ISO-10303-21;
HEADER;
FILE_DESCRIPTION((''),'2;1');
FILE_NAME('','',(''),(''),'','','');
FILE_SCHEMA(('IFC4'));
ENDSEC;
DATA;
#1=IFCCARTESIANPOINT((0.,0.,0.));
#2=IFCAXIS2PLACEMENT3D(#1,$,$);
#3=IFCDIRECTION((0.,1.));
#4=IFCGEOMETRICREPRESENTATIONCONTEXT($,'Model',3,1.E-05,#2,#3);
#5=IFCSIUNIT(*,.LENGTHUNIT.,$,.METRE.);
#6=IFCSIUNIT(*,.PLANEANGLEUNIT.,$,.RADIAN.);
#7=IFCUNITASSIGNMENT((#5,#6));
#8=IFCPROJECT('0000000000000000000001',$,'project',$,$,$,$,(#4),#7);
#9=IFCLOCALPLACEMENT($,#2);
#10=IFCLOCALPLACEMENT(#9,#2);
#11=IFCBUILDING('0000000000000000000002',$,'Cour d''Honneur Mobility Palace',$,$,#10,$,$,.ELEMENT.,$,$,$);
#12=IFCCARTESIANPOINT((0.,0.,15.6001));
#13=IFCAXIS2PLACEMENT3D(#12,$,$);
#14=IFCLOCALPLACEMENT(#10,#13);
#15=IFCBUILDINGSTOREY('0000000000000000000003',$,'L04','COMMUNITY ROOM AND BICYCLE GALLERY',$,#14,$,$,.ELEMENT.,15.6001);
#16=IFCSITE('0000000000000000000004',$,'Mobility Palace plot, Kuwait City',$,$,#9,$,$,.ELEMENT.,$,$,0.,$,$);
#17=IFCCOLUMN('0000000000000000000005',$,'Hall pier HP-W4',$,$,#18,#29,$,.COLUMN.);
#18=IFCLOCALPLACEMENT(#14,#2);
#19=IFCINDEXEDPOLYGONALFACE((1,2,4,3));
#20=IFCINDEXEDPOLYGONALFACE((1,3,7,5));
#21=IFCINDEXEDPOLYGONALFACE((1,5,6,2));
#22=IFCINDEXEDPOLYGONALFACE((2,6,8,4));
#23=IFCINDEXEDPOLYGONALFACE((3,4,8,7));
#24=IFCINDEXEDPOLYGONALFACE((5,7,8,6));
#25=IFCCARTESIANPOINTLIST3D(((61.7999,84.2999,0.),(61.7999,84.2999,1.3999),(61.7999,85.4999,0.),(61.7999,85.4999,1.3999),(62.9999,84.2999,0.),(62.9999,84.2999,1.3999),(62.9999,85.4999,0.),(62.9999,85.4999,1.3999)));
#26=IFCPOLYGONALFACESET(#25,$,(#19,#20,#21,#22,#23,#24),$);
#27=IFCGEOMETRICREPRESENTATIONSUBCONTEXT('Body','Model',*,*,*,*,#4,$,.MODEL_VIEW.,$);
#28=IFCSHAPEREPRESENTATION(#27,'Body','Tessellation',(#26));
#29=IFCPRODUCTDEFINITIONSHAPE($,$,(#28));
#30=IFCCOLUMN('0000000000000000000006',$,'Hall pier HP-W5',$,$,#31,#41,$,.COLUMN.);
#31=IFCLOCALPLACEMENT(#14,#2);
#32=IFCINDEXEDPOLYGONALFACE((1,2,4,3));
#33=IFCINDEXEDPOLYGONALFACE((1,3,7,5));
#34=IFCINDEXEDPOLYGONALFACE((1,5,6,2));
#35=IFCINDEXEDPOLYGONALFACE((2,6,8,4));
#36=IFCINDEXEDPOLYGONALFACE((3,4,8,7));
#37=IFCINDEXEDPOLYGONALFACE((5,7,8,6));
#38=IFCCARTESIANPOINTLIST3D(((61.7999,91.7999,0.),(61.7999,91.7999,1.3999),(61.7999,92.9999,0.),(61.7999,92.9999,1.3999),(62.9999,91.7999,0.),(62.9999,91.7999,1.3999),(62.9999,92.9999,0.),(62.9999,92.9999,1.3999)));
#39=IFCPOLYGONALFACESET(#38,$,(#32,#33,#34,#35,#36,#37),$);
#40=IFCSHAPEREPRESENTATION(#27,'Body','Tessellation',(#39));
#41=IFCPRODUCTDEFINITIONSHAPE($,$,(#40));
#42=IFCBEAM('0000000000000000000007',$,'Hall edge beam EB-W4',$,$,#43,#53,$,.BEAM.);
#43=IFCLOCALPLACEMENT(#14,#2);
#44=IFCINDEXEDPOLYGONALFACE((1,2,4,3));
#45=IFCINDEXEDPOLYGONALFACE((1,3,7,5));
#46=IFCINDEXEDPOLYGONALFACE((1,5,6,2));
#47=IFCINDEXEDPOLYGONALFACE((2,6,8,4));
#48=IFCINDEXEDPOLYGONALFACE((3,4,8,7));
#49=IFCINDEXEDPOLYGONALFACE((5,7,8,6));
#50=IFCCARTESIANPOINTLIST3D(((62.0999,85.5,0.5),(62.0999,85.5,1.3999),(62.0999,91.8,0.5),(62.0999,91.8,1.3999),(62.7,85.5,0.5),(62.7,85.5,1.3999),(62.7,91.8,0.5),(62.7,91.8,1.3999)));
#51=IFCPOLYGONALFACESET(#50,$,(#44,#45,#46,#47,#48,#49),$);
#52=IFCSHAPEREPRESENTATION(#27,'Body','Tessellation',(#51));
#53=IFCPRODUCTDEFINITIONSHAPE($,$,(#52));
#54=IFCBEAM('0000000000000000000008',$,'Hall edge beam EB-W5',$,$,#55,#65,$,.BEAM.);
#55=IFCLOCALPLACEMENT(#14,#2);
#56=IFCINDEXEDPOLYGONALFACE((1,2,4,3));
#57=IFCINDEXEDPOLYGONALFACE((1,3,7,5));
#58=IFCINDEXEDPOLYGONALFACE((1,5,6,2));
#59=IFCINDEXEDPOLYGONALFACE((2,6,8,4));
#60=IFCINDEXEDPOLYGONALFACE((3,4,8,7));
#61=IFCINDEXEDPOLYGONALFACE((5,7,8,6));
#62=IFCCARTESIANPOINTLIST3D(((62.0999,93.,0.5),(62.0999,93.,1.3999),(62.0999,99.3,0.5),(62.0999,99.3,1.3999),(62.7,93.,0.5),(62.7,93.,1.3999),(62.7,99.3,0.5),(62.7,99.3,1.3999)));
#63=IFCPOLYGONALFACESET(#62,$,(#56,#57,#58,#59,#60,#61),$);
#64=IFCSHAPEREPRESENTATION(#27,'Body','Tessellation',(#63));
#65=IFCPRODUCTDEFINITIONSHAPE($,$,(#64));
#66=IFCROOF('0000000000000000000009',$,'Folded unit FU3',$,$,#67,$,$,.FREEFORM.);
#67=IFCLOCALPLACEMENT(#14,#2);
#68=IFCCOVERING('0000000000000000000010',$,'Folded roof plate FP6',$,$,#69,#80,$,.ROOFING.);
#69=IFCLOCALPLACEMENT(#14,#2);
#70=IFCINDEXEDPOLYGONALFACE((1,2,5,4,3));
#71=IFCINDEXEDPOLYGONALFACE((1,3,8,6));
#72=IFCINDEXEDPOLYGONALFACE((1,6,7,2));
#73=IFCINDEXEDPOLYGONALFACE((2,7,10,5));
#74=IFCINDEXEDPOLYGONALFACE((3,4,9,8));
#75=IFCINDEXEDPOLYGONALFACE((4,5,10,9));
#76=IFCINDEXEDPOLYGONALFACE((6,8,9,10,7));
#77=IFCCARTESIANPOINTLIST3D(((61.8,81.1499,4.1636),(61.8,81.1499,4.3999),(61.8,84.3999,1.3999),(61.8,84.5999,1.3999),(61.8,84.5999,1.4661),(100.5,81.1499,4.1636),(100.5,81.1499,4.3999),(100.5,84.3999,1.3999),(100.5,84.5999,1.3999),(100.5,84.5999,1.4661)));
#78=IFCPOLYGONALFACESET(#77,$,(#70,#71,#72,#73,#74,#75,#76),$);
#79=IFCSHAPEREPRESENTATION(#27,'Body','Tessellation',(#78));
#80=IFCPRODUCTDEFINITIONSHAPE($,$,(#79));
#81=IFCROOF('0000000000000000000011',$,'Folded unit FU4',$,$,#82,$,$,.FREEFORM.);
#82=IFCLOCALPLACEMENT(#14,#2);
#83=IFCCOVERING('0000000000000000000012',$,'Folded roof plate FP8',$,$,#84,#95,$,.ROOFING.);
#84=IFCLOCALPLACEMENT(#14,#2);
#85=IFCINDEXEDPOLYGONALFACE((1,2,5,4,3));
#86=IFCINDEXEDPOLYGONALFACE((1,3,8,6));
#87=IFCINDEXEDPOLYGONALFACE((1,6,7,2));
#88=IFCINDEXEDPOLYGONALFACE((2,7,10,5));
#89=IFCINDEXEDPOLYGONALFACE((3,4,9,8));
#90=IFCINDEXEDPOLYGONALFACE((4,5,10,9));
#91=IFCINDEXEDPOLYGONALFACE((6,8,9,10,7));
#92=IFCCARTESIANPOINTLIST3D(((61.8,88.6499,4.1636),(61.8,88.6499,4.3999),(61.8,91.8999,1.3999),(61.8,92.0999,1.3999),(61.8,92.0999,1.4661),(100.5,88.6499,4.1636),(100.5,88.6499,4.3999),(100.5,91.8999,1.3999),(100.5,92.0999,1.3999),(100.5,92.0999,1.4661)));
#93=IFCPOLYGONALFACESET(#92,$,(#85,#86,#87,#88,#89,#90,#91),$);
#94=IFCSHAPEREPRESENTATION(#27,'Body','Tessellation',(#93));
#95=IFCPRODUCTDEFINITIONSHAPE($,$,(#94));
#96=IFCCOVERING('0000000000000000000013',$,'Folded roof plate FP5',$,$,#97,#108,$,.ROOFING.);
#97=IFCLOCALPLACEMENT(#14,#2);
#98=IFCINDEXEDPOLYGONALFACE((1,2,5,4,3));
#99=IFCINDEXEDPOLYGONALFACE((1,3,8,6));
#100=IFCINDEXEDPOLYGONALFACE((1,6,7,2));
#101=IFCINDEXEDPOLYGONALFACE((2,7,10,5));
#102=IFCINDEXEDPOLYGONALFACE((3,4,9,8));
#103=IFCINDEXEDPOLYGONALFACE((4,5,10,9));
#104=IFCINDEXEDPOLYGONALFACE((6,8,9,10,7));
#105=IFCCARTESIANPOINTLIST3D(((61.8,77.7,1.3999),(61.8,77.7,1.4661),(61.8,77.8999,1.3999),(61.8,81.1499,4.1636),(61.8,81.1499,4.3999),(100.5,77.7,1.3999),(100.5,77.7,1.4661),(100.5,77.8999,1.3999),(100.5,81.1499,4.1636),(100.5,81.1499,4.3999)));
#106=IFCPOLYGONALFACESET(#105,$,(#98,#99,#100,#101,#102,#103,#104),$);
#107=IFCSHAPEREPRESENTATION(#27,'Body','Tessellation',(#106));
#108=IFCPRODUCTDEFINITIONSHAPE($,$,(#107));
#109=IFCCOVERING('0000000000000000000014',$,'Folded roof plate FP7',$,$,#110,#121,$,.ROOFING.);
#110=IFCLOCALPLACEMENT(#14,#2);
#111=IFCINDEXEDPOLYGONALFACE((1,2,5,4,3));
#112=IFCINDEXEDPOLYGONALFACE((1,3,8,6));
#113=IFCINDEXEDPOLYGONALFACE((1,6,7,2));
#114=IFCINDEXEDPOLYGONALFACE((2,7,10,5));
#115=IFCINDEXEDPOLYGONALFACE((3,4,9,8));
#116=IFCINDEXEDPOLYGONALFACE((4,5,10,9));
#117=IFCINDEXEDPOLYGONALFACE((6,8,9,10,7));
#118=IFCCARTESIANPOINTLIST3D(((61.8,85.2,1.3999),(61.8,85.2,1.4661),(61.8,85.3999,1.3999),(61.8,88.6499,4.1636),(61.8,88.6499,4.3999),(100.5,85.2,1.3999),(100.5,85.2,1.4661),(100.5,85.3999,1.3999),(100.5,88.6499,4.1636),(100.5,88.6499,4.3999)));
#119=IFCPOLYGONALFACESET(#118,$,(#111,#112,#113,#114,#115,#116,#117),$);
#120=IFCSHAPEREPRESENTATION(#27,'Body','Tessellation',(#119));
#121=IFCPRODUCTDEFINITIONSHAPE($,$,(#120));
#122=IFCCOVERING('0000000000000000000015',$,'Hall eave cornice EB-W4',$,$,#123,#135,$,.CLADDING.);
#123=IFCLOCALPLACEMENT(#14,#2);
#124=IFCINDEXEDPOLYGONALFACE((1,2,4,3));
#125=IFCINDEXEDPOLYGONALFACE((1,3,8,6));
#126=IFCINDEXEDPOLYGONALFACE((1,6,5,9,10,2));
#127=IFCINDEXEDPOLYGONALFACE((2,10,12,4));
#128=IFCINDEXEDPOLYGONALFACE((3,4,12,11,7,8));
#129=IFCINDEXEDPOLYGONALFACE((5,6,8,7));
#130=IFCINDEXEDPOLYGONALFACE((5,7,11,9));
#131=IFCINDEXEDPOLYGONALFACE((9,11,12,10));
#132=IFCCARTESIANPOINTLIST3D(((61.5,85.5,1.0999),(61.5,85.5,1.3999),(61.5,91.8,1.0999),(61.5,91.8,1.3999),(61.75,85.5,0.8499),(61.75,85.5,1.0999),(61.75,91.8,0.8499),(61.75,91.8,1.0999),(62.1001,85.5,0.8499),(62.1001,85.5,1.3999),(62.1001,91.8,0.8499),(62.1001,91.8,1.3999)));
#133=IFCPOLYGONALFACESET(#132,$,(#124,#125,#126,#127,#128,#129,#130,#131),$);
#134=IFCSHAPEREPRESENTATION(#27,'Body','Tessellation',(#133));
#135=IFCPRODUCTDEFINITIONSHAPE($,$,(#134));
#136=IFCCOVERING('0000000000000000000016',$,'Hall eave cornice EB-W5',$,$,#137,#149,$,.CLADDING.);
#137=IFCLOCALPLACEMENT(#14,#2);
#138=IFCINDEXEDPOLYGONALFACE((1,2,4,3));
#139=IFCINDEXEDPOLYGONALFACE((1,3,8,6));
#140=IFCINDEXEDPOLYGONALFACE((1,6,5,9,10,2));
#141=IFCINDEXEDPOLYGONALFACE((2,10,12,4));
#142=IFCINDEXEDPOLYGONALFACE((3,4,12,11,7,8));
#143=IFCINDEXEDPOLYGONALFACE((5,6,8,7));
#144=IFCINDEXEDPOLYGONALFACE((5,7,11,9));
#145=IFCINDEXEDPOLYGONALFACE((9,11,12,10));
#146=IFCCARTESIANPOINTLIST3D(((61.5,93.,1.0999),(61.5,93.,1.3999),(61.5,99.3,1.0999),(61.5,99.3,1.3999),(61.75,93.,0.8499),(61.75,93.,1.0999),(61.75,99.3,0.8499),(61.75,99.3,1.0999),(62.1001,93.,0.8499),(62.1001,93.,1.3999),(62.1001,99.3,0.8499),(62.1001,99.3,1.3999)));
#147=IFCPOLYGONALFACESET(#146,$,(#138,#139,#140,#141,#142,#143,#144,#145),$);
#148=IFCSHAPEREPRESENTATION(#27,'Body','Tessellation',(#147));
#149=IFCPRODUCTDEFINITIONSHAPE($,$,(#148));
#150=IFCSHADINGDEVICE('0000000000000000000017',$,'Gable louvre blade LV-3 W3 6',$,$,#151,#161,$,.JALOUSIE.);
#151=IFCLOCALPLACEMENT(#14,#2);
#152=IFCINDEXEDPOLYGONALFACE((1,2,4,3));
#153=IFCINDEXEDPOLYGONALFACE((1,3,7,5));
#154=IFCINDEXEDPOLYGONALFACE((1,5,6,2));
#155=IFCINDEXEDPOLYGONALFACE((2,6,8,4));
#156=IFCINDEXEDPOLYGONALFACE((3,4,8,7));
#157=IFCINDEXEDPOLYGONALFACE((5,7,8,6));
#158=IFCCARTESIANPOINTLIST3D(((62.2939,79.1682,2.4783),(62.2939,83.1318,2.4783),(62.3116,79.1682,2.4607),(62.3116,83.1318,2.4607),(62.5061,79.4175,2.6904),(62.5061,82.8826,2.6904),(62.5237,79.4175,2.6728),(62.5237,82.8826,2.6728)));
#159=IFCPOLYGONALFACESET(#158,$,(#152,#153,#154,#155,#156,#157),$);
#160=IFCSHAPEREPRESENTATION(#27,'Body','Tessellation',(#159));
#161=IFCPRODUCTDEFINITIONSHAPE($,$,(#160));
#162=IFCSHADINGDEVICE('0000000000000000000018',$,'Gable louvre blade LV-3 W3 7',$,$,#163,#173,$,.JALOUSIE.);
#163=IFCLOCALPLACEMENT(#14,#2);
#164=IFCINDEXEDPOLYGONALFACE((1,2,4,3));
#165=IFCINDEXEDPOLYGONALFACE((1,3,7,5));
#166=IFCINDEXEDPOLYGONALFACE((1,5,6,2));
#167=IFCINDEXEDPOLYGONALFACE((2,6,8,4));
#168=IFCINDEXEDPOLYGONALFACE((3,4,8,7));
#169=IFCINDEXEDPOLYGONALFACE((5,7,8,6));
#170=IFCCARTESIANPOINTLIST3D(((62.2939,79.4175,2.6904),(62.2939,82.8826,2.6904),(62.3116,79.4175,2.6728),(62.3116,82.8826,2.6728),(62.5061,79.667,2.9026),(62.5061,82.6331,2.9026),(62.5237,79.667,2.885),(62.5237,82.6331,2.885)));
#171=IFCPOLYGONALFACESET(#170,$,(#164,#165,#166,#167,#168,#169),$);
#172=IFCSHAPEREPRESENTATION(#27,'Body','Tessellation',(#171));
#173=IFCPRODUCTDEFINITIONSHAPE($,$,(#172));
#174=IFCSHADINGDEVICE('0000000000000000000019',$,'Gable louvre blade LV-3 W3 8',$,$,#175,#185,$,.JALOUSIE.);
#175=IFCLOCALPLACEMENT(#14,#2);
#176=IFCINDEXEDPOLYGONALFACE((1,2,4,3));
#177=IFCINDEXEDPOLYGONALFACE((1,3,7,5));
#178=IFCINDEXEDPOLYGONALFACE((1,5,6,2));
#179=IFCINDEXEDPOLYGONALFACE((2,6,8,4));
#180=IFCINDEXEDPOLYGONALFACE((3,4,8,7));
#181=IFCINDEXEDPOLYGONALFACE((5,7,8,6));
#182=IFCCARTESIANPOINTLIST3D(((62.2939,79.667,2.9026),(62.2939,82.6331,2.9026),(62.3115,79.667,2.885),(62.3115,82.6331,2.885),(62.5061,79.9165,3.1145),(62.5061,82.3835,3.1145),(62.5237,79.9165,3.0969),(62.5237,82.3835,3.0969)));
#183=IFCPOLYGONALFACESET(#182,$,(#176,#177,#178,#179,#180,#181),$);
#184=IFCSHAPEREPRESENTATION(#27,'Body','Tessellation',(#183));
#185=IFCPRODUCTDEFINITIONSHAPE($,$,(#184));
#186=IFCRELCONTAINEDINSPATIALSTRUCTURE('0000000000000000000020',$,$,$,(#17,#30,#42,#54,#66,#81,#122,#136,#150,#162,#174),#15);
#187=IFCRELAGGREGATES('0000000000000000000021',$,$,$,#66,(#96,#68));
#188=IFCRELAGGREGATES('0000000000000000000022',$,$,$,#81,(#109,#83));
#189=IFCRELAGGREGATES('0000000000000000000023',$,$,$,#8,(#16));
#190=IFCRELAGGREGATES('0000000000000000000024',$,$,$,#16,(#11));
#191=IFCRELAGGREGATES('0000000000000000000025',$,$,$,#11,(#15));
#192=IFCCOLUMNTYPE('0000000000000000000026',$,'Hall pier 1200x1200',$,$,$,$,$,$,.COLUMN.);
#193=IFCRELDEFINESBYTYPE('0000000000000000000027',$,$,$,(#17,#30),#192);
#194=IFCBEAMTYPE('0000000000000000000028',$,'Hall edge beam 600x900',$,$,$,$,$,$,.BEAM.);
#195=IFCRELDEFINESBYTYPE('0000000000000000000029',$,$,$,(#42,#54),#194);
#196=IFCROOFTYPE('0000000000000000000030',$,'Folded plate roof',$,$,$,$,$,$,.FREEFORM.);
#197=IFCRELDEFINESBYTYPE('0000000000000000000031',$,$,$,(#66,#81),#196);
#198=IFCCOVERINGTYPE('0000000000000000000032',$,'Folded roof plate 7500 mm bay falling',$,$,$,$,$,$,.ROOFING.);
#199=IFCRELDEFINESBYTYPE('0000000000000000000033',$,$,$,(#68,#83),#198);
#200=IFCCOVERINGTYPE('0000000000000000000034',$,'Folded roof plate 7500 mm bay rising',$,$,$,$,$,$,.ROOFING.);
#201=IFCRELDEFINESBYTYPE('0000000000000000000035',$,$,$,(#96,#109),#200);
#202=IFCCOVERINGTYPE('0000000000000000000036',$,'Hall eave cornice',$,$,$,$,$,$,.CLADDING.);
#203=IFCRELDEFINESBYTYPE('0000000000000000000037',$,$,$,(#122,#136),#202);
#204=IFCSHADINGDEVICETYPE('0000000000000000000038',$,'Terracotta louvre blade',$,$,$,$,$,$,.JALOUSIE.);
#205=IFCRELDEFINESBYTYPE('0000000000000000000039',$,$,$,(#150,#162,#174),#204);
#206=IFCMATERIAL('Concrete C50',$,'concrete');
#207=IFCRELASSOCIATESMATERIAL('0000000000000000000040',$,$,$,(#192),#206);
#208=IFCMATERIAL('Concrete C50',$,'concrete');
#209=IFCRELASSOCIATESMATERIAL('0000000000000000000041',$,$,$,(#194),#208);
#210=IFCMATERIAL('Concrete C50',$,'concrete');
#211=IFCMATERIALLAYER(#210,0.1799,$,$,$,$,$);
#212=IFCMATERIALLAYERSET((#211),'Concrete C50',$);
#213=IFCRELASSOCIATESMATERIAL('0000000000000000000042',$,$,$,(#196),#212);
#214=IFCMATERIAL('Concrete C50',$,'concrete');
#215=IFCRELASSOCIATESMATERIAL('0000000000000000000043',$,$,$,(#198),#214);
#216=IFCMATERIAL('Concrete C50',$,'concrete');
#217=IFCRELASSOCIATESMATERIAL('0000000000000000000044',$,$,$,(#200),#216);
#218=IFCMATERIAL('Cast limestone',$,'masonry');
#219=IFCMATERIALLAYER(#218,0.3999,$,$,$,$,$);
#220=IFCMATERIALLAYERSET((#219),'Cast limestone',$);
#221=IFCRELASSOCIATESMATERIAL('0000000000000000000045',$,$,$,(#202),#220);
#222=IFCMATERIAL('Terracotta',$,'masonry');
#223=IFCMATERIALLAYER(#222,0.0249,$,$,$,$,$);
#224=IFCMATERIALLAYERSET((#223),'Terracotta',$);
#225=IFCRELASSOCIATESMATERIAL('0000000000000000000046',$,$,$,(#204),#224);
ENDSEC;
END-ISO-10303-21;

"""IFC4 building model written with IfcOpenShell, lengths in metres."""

from ifc_helpers import new_model, si_unit, direction, frame, origin, origin_2d, place, context, subcontext, project, spatial, polyline, rectangle, outline, extrude, material, layer, layer_set, material_profile, profile_set, type_object, element, aggregate, save


model = new_model("IFC4")

# Units and contexts
model_context = context("Model", 3, precision=1e-05, world=origin(), true_north=direction((0.0, 1.0)))
body_context = subcontext(model_context, "Body", "Model", "MODEL_VIEW")
ifc_project = project(units=[si_unit("LENGTHUNIT", "METRE"), si_unit("PLANEANGLEUNIT", "RADIAN")], contexts=[model_context])

# Site, building, storey
site_placement = place(None, origin())
site = spatial("IfcSite", under=ifc_project, at=site_placement, Name="Mobility Palace plot, Kuwait City", CompositionType="ELEMENT", RefElevation=0.0)
building_placement = place(site_placement, origin())
building = spatial("IfcBuilding", under=site, at=building_placement, Name="Cour d'Honneur Mobility Palace", CompositionType="ELEMENT")
storey_placement = place(building_placement, frame((0.0, 0.0, 15.6001)))
storey = spatial("IfcBuildingStorey", under=building, at=storey_placement, Name="L04", Description="COMMUNITY ROOM AND BICYCLE GALLERY", CompositionType="ELEMENT", Elevation=15.6001)

# Columns
ifc_material_1 = material(Name="Concrete C50", Category="concrete")
ifc_material_profile_1 = material_profile(ifc_material_1, rectangle(XDim=1.2, YDim=1.2, at=origin_2d()), Name="Hall pier 1200x1200")
ifc_profile_set_1 = profile_set([ifc_material_profile_1], Name="Concrete C50")
column_type = type_object("IfcColumnType", Name="Hall pier 1200x1200", PredefinedType="COLUMN", material=ifc_profile_set_1)
for number, where, z_axis, x_axis, name in (
    (1, (62.3999, 84.8999, 0.0), (0.0, 0.0, 1.0), (1.0, 0.0, 0.0), "Hall pier HP-W4"),
    (2, (62.3999, 92.3999, 0.0), (0.0, 0.0, 1.0), (1.0, 0.0, 0.0), "Hall pier HP-W5"),
):
    element("IfcColumn", number, at=place(storey_placement, frame(where, z_axis=z_axis, x_axis=x_axis)), inside=storey, type_object=column_type, Name=name, PredefinedType="COLUMN", context=body_context, shape_type="SweptSolid", body=[
        extrude(rectangle(XDim=1.2, YDim=1.2, at=origin_2d()), origin(), (0.0, 0.0, 1.0), 1.3999),
    ])

# Beams
ifc_material_2 = material(Name="Concrete C50", Category="concrete")
ifc_material_profile_2 = material_profile(ifc_material_2, rectangle(XDim=0.6001, YDim=0.8999, at=origin_2d()), Name="Hall edge beam 600x900")
ifc_profile_set_2 = profile_set([ifc_material_profile_2], Name="Concrete C50")
beam_type = type_object("IfcBeamType", Name="Hall edge beam 600x900", PredefinedType="BEAM", material=ifc_profile_set_2)
for number, where, z_axis, x_axis, name in (
    (3, (62.3999, 85.5, 0.95), (0.0, 1.0, 0.0), (-1.0, 0.0, 0.0), "Hall edge beam EB-W4"),
    (4, (62.3999, 93.0, 0.95), (0.0, 1.0, 0.0), (-1.0, 0.0, 0.0), "Hall edge beam EB-W5"),
):
    element("IfcBeam", number, at=place(storey_placement, frame(where, z_axis=z_axis, x_axis=x_axis)), inside=storey, type_object=beam_type, Name=name, PredefinedType="BEAM", context=body_context, shape_type="SweptSolid", body=[
        extrude(rectangle(XDim=0.6001, YDim=0.8999, at=origin_2d()), origin(), (0.0, 0.0, 1.0), 6.3),
    ])

# Roofs, coverings
ifc_material_3 = material(Name="Concrete C50", Category="concrete")
ifc_layer_1 = layer(ifc_material_3, 0.1799)
ifc_layer_set_1 = layer_set([ifc_layer_1], Name="Concrete C50")
roof_type = type_object("IfcRoofType", Name="Folded plate roof", PredefinedType="FREEFORM", material=ifc_layer_set_1)
roof_1_placement = place(storey_placement, origin())
roof_1 = element("IfcRoof", 5, at=roof_1_placement, inside=storey, type_object=roof_type, Name="Folded unit FU3", PredefinedType="FREEFORM")
ifc_material_4 = material(Name="Concrete C50", Category="concrete")
ifc_material_profile_3 = material_profile(ifc_material_4, outline(polyline([(3.45, 0.0), (3.25, 0.0), (0.0, 2.7637), (0.0, 3.0), (3.45, 0.0662), (3.45, 0.0)])), Name="Folded roof plate 7500 mm bay falling")
ifc_profile_set_3 = profile_set([ifc_material_profile_3], Name="Concrete C50")
covering_type_1 = type_object("IfcCoveringType", Name="Folded roof plate 7500 mm bay falling", PredefinedType="ROOFING", material=ifc_profile_set_3)
covering_1_placement = place(storey_placement, frame((61.8, 81.1499, 1.3999), z_axis=(1.0, 0.0, 0.0), x_axis=(0.0, 1.0, 0.0)))
covering_1 = element("IfcCovering", 6, at=covering_1_placement, type_object=covering_type_1, Name="Folded roof plate FP6", PredefinedType="ROOFING", context=body_context, shape_type="SweptSolid", body=[
    extrude(outline(polyline([(3.45, 0.0), (3.25, 0.0), (0.0, 2.7637), (0.0, 3.0), (3.45, 0.0662), (3.45, 0.0)])), origin(), (0.0, 0.0, 1.0), 38.7),
])
roof_2_placement = place(storey_placement, origin())
roof_2 = element("IfcRoof", 7, at=roof_2_placement, inside=storey, type_object=roof_type, Name="Folded unit FU4", PredefinedType="FREEFORM")
covering_2_placement = place(storey_placement, frame((61.8, 88.6499, 1.3999), z_axis=(1.0, 0.0, 0.0), x_axis=(0.0, 1.0, 0.0)))
covering_2 = element("IfcCovering", 8, at=covering_2_placement, type_object=covering_type_1, Name="Folded roof plate FP8", PredefinedType="ROOFING", context=body_context, shape_type="SweptSolid", body=[
    extrude(outline(polyline([(3.45, 0.0), (3.25, 0.0), (0.0, 2.7637), (0.0, 3.0), (3.45, 0.0662), (3.45, 0.0)])), origin(), (0.0, 0.0, 1.0), 38.7),
])

# Coverings
ifc_material_5 = material(Name="Concrete C50", Category="concrete")
ifc_material_profile_4 = material_profile(ifc_material_5, outline(polyline([(-3.45, 0.0662), (0.0, 3.0), (0.0, 2.7637), (-3.25, 0.0), (-3.45, 0.0), (-3.45, 0.0662)])), Name="Folded roof plate 7500 mm bay rising")
ifc_profile_set_4 = profile_set([ifc_material_profile_4], Name="Concrete C50")
covering_type_2 = type_object("IfcCoveringType", Name="Folded roof plate 7500 mm bay rising", PredefinedType="ROOFING", material=ifc_profile_set_4)
covering_3_placement = place(storey_placement, frame((61.8, 81.1499, 1.3999), z_axis=(1.0, 0.0, 0.0), x_axis=(0.0, 1.0, 0.0)))
covering_3 = element("IfcCovering", 9, at=covering_3_placement, type_object=covering_type_2, Name="Folded roof plate FP5", PredefinedType="ROOFING", context=body_context, shape_type="SweptSolid", body=[
    extrude(outline(polyline([(-3.45, 0.0662), (0.0, 3.0), (0.0, 2.7637), (-3.25, 0.0), (-3.45, 0.0), (-3.45, 0.0662)])), origin(), (0.0, 0.0, 1.0), 38.7),
])
aggregate(roof_1, [covering_3, covering_1])
covering_4_placement = place(storey_placement, frame((61.8, 88.6499, 1.3999), z_axis=(1.0, 0.0, 0.0), x_axis=(0.0, 1.0, 0.0)))
covering_4 = element("IfcCovering", 10, at=covering_4_placement, type_object=covering_type_2, Name="Folded roof plate FP7", PredefinedType="ROOFING", context=body_context, shape_type="SweptSolid", body=[
    extrude(outline(polyline([(-3.45, 0.0662), (0.0, 3.0), (0.0, 2.7637), (-3.25, 0.0), (-3.45, 0.0), (-3.45, 0.0662)])), origin(), (0.0, 0.0, 1.0), 38.7),
])
aggregate(roof_2, [covering_4, covering_2])

# Coverings
ifc_material_6 = material(Name="Cast limestone", Category="masonry")
ifc_layer_2 = layer(ifc_material_6, 0.3999)
ifc_layer_set_2 = layer_set([ifc_layer_2], Name="Cast limestone")
covering_type_3 = type_object("IfcCoveringType", Name="Hall eave cornice", PredefinedType="CLADDING", material=ifc_layer_set_2)
for number, where, z_axis, x_axis, name in (
    (11, (62.1001, 85.5, 1.3999), (0.0, -1.0, 0.0), (-1.0, 0.0, 0.0), "Hall eave cornice EB-W4"),
    (12, (62.1001, 93.0, 1.3999), (0.0, -1.0, 0.0), (-1.0, 0.0, 0.0), "Hall eave cornice EB-W5"),
):
    element("IfcCovering", number, at=place(storey_placement, frame(where, z_axis=z_axis, x_axis=x_axis)), inside=storey, type_object=covering_type_3, Name=name, PredefinedType="CLADDING", context=body_context, shape_type="SweptSolid", body=[
        extrude(outline(polyline([(0.0, 0.0), (0.6001, 0.0), (0.6001, 0.3), (0.3501, 0.3), (0.3501, 0.55), (0.0, 0.55), (0.0, 0.0)])), origin(), (0.0, 0.0, -1.0), 6.3),
    ])

# Shading devices
ifc_material_7 = material(Name="Terracotta", Category="masonry")
ifc_layer_3 = layer(ifc_material_7, 0.0249)
ifc_layer_set_3 = layer_set([ifc_layer_3], Name="Terracotta")
shading_device_type = type_object("IfcShadingDeviceType", Name="Terracotta louvre blade", PredefinedType="JALOUSIE", material=ifc_layer_set_3)
shading_device_1_placement = place(storey_placement, frame((62.2939, 79.1682, 2.4783), z_axis=(-0.707107, 0.0, 0.707107), x_axis=(0.0, 1.0, 0.0)))
element("IfcShadingDevice", 13, at=shading_device_1_placement, inside=storey, type_object=shading_device_type, Name="Gable louvre blade LV-3 W3 6", PredefinedType="JALOUSIE", context=body_context, shape_type="SweptSolid", body=[
    extrude(outline(polyline([(0.0, 0.0), (3.9636, 0.0), (3.7144, -0.3), (0.2493, -0.3), (0.0, 0.0)])), origin(), (0.0, 0.0, -1.0), 0.0249),
])
shading_device_2_placement = place(storey_placement, frame((62.2939, 79.4175, 2.6904), z_axis=(-0.707107, 0.0, 0.707107), x_axis=(0.0, 1.0, 0.0)))
element("IfcShadingDevice", 14, at=shading_device_2_placement, inside=storey, type_object=shading_device_type, Name="Gable louvre blade LV-3 W3 7", PredefinedType="JALOUSIE", context=body_context, shape_type="SweptSolid", body=[
    extrude(outline(polyline([(0.0, 0.0), (3.4651, 0.0), (3.2156, -0.3), (0.2495, -0.3), (0.0, 0.0)])), origin(), (0.0, 0.0, -1.0), 0.0249),
])
shading_device_3_placement = place(storey_placement, frame((62.2939, 79.667, 2.9026), z_axis=(-0.7067, 0.0, 0.707514), x_axis=(0.0, 1.0, 0.0)))
element("IfcShadingDevice", 15, at=shading_device_3_placement, inside=storey, type_object=shading_device_type, Name="Gable louvre blade LV-3 W3 8", PredefinedType="JALOUSIE", context=body_context, shape_type="SweptSolid", body=[
    extrude(outline(polyline([(0.0, 0.0), (2.9661, 0.0), (2.7166, -0.2999), (0.2495, -0.2999), (0.0, 0.0)])), origin(), (0.0, 0.0, -1.0), 0.0249),
])

save(model, "model.ifc")
